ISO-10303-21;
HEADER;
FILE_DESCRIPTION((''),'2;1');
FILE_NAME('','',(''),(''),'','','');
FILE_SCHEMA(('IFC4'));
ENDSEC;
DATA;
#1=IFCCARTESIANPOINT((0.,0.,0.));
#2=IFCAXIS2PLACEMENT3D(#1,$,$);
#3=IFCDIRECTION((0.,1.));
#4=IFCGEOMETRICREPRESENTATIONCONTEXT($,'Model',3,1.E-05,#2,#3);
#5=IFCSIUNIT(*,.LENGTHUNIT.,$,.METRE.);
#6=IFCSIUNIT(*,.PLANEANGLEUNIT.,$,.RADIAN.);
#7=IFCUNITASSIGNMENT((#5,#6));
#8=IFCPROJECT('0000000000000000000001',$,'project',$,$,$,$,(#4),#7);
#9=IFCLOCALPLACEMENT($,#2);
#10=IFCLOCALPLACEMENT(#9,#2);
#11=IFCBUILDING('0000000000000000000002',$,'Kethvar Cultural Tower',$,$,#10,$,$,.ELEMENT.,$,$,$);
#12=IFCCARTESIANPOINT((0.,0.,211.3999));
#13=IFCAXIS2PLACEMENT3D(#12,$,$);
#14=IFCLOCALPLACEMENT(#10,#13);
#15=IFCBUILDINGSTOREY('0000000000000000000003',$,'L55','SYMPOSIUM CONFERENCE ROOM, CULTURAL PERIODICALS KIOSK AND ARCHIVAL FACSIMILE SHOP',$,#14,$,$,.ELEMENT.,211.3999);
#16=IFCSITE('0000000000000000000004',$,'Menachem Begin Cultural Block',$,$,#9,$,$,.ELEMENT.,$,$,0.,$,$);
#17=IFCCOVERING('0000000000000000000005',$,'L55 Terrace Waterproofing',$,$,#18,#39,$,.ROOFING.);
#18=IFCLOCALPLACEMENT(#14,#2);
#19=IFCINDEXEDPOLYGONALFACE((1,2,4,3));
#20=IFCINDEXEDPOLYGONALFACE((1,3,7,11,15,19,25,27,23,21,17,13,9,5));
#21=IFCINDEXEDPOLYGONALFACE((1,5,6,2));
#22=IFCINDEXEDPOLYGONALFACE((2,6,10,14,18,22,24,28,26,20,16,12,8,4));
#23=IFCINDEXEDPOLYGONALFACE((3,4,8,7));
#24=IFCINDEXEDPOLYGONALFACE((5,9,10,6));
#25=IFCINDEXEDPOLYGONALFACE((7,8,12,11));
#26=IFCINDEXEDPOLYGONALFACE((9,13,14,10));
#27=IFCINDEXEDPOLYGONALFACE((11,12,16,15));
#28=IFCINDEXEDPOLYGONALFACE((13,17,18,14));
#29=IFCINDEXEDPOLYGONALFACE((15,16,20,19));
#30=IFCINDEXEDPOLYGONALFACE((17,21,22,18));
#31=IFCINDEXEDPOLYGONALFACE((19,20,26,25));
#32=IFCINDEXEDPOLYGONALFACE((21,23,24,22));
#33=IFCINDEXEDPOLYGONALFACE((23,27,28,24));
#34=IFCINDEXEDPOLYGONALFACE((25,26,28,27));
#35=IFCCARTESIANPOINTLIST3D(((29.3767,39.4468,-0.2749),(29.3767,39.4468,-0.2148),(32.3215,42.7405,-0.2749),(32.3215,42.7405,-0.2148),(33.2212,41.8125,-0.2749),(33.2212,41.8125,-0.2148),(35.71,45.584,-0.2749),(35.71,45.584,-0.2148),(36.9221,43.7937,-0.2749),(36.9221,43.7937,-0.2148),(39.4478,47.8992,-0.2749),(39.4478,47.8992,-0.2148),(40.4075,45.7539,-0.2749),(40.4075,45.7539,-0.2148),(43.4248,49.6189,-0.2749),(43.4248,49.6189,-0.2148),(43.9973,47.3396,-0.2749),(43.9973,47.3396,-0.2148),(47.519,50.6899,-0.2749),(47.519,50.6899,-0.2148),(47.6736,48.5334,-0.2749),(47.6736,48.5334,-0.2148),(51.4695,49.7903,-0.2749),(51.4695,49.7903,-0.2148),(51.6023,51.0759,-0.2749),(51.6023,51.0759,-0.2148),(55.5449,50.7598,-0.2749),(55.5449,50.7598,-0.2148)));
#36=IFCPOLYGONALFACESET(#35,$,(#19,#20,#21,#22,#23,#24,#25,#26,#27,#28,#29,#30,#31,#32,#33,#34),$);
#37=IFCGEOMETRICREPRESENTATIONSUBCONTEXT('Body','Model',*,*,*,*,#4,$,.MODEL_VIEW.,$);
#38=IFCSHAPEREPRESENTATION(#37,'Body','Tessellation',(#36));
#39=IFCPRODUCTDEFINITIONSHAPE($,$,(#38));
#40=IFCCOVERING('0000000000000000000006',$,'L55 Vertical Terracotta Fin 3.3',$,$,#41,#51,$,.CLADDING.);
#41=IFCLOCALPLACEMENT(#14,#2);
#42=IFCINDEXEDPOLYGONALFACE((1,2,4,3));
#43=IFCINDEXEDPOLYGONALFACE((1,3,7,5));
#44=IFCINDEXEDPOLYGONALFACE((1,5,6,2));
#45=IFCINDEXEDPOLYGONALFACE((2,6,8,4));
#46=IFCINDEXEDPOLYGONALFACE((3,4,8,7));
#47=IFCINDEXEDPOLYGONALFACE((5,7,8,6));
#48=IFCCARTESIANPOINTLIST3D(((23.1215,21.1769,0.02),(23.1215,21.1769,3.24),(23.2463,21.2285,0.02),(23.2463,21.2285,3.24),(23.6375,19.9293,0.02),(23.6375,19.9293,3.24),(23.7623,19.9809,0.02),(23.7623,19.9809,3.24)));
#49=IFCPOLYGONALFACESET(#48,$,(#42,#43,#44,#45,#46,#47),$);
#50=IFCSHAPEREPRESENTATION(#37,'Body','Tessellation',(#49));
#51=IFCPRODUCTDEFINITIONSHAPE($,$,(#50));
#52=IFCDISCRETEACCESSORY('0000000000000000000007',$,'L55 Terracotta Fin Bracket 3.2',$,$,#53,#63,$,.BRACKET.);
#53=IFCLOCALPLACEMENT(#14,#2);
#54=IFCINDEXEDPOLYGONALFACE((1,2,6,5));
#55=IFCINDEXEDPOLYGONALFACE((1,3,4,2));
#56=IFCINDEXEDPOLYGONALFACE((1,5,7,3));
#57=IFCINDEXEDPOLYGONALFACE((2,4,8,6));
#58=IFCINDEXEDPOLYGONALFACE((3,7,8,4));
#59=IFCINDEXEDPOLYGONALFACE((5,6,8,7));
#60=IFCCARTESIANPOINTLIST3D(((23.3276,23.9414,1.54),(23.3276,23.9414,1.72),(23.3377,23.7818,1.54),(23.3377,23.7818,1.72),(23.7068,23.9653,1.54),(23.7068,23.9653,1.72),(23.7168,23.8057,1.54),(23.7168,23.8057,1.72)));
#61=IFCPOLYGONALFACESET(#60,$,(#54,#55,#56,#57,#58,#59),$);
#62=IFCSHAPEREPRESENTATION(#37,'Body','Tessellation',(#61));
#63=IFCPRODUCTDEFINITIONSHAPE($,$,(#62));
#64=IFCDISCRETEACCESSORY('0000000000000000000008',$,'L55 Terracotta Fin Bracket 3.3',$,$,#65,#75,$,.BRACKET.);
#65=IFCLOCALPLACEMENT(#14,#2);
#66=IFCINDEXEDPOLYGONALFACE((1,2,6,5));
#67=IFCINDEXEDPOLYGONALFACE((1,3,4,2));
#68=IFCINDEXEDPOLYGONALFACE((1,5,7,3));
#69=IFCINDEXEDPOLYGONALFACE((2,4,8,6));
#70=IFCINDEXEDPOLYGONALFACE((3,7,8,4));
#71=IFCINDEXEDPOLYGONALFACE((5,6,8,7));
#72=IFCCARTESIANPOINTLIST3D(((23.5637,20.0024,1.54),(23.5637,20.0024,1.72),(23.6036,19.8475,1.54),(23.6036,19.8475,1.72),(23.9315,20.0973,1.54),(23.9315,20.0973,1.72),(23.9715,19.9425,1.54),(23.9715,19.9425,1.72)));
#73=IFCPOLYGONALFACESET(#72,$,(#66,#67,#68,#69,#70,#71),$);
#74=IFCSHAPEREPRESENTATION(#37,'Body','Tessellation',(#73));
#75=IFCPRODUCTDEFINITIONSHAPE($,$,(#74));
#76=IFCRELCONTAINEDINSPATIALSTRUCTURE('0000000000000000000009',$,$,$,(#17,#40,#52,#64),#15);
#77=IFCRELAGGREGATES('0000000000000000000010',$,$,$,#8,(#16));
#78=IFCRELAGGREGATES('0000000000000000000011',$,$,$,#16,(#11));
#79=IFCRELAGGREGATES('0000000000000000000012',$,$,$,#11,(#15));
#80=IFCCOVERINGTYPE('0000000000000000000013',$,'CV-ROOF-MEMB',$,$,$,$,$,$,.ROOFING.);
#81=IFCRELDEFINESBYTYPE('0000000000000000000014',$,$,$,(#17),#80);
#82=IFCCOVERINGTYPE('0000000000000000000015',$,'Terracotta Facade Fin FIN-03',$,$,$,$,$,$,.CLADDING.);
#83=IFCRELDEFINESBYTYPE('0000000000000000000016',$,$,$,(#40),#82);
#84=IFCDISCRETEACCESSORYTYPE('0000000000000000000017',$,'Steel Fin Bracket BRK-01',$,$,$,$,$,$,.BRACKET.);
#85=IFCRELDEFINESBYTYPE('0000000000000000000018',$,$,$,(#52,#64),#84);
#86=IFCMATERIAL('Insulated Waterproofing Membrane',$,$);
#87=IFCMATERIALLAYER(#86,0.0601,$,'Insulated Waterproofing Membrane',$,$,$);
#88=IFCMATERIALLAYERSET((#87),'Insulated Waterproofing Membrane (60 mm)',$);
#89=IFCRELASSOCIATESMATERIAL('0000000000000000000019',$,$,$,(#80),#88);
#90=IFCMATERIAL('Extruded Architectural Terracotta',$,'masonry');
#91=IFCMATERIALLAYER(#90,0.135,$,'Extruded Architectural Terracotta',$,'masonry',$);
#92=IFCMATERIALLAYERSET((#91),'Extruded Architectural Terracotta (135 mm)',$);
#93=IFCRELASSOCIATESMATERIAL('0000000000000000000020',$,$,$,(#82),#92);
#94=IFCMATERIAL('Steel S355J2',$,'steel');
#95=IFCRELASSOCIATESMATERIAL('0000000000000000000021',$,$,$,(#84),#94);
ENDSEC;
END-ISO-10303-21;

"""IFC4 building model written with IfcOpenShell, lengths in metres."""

from ifc_helpers import new_model, si_unit, direction, frame, origin, origin_2d, place, context, subcontext, project, spatial, polyline, rectangle, outline, extrude, source, transform, mapped, material, layer, layer_set, type_object, element, save


model = new_model("IFC4")

# Units and contexts
model_context = context("Model", 3, precision=1e-05, world=origin(), true_north=direction((0.0, 1.0)))
body_context = subcontext(model_context, "Body", "Model", "MODEL_VIEW")
ifc_project = project(units=[si_unit("LENGTHUNIT", "METRE"), si_unit("PLANEANGLEUNIT", "RADIAN")], contexts=[model_context])

# Site, building, storey
site_placement = place(None, origin())
site = spatial("IfcSite", under=ifc_project, at=site_placement, Name="Menachem Begin Cultural Block", CompositionType="ELEMENT", RefElevation=0.0)
building_placement = place(site_placement, origin())
building = spatial("IfcBuilding", under=site, at=building_placement, Name="Kethvar Cultural Tower", CompositionType="ELEMENT")
storey_placement = place(building_placement, frame((0.0, 0.0, 211.3999)))
storey = spatial("IfcBuildingStorey", under=building, at=storey_placement, Name="L55", Description="SYMPOSIUM CONFERENCE ROOM, CULTURAL PERIODICALS KIOSK AND ARCHIVAL FACSIMILE SHOP", CompositionType="ELEMENT", Elevation=211.3999)

# Coverings
ifc_material_1 = material(Name="Insulated Waterproofing Membrane")
ifc_layer_1 = layer(ifc_material_1, 0.0601, Name="Insulated Waterproofing Membrane")
ifc_layer_set_1 = layer_set([ifc_layer_1], Name="Insulated Waterproofing Membrane (60 mm)")
covering_type_1 = type_object("IfcCoveringType", Name="CV-ROOF-MEMB", PredefinedType="ROOFING", material=ifc_layer_set_1)
covering_1_placement = place(storey_placement, frame((0.0, 0.0, -0.2749)))
element("IfcCovering", 1, at=covering_1_placement, inside=storey, type_object=covering_type_1, Name="L55 Terrace Waterproofing", PredefinedType="ROOFING", context=body_context, shape_type="SweptSolid", body=[
    extrude(outline(polyline([(55.5449, 50.7598), (51.6023, 51.0759), (47.519, 50.6899), (43.4248, 49.6189), (39.4478, 47.8992), (35.71, 45.584), (32.3215, 42.7405), (29.3767, 39.4468), (33.2212, 41.8125), (36.9221, 43.7937), (40.4075, 45.7539), (43.9973, 47.3396), (47.6736, 48.5334), (51.4695, 49.7903), (55.5449, 50.7598)])), origin(), (0.0, 0.0, 1.0), 0.0601),
])
ifc_material_2 = material(Name="Extruded Architectural Terracotta", Category="masonry")
ifc_layer_2 = layer(ifc_material_2, 0.135, Name="Extruded Architectural Terracotta", Category="masonry")
ifc_layer_set_2 = layer_set([ifc_layer_2], Name="Extruded Architectural Terracotta (135 mm)")
covering_type_2 = type_object("IfcCoveringType", Name="Terracotta Facade Fin FIN-03", PredefinedType="CLADDING", material=ifc_layer_set_2)
shared_shape_1 = source(origin(), body_context, "Body", "SweptSolid", [
    extrude(rectangle(XDim=1.3501, YDim=0.135, at=origin_2d()), origin(), (0.0, 0.0, 1.0), 3.22),
])
covering_2_placement = place(storey_placement, frame((23.4419, 20.5789, 0.02), z_axis=(0.0, 0.0, 1.0), x_axis=(-0.3822, 0.92408, 0.0)))
element("IfcCovering", 2, at=covering_2_placement, inside=storey, type_object=covering_type_2, Name="L55 Vertical Terracotta Fin 3.3", PredefinedType="CLADDING", context=body_context, shape_type="MappedRepresentation", body=[
    mapped(shared_shape_1, transform((0.0, 0.0, 0.0), scale=1.0)),
])

# Discrete accessories
ifc_material_3 = material(Name="Steel S355J2", Category="steel")
discrete_accessory_type = type_object("IfcDiscreteAccessoryType", Name="Steel Fin Bracket BRK-01", PredefinedType="BRACKET", material=ifc_material_3)
shared_shape_2 = source(origin(), body_context, "Body", "SweptSolid", [
    extrude(rectangle(XDim=0.3799, YDim=0.1599, at=origin_2d()), origin(), (0.0, 0.0, 1.0), 0.1799),
])
for number, where, z_axis, x_axis, name in (
    (3, (23.5222, 23.8735, 1.54), (0.0, 0.0, 1.0), (-0.998027, -0.062791, 0.0), "L55 Terracotta Fin Bracket 3.2"),
    (4, (23.7676, 19.9724, 1.54), (0.0, 0.0, 1.0), (-0.968279, -0.249873, 0.0), "L55 Terracotta Fin Bracket 3.3"),
):
    element("IfcDiscreteAccessory", number, at=place(storey_placement, frame(where, z_axis=z_axis, x_axis=x_axis)), inside=storey, type_object=discrete_accessory_type, Name=name, PredefinedType="BRACKET", context=body_context, shape_type="MappedRepresentation", body=[
        mapped(shared_shape_2, transform((0.0, 0.0, 0.0), scale=1.0)),
    ])

save(model, "model.ifc")
